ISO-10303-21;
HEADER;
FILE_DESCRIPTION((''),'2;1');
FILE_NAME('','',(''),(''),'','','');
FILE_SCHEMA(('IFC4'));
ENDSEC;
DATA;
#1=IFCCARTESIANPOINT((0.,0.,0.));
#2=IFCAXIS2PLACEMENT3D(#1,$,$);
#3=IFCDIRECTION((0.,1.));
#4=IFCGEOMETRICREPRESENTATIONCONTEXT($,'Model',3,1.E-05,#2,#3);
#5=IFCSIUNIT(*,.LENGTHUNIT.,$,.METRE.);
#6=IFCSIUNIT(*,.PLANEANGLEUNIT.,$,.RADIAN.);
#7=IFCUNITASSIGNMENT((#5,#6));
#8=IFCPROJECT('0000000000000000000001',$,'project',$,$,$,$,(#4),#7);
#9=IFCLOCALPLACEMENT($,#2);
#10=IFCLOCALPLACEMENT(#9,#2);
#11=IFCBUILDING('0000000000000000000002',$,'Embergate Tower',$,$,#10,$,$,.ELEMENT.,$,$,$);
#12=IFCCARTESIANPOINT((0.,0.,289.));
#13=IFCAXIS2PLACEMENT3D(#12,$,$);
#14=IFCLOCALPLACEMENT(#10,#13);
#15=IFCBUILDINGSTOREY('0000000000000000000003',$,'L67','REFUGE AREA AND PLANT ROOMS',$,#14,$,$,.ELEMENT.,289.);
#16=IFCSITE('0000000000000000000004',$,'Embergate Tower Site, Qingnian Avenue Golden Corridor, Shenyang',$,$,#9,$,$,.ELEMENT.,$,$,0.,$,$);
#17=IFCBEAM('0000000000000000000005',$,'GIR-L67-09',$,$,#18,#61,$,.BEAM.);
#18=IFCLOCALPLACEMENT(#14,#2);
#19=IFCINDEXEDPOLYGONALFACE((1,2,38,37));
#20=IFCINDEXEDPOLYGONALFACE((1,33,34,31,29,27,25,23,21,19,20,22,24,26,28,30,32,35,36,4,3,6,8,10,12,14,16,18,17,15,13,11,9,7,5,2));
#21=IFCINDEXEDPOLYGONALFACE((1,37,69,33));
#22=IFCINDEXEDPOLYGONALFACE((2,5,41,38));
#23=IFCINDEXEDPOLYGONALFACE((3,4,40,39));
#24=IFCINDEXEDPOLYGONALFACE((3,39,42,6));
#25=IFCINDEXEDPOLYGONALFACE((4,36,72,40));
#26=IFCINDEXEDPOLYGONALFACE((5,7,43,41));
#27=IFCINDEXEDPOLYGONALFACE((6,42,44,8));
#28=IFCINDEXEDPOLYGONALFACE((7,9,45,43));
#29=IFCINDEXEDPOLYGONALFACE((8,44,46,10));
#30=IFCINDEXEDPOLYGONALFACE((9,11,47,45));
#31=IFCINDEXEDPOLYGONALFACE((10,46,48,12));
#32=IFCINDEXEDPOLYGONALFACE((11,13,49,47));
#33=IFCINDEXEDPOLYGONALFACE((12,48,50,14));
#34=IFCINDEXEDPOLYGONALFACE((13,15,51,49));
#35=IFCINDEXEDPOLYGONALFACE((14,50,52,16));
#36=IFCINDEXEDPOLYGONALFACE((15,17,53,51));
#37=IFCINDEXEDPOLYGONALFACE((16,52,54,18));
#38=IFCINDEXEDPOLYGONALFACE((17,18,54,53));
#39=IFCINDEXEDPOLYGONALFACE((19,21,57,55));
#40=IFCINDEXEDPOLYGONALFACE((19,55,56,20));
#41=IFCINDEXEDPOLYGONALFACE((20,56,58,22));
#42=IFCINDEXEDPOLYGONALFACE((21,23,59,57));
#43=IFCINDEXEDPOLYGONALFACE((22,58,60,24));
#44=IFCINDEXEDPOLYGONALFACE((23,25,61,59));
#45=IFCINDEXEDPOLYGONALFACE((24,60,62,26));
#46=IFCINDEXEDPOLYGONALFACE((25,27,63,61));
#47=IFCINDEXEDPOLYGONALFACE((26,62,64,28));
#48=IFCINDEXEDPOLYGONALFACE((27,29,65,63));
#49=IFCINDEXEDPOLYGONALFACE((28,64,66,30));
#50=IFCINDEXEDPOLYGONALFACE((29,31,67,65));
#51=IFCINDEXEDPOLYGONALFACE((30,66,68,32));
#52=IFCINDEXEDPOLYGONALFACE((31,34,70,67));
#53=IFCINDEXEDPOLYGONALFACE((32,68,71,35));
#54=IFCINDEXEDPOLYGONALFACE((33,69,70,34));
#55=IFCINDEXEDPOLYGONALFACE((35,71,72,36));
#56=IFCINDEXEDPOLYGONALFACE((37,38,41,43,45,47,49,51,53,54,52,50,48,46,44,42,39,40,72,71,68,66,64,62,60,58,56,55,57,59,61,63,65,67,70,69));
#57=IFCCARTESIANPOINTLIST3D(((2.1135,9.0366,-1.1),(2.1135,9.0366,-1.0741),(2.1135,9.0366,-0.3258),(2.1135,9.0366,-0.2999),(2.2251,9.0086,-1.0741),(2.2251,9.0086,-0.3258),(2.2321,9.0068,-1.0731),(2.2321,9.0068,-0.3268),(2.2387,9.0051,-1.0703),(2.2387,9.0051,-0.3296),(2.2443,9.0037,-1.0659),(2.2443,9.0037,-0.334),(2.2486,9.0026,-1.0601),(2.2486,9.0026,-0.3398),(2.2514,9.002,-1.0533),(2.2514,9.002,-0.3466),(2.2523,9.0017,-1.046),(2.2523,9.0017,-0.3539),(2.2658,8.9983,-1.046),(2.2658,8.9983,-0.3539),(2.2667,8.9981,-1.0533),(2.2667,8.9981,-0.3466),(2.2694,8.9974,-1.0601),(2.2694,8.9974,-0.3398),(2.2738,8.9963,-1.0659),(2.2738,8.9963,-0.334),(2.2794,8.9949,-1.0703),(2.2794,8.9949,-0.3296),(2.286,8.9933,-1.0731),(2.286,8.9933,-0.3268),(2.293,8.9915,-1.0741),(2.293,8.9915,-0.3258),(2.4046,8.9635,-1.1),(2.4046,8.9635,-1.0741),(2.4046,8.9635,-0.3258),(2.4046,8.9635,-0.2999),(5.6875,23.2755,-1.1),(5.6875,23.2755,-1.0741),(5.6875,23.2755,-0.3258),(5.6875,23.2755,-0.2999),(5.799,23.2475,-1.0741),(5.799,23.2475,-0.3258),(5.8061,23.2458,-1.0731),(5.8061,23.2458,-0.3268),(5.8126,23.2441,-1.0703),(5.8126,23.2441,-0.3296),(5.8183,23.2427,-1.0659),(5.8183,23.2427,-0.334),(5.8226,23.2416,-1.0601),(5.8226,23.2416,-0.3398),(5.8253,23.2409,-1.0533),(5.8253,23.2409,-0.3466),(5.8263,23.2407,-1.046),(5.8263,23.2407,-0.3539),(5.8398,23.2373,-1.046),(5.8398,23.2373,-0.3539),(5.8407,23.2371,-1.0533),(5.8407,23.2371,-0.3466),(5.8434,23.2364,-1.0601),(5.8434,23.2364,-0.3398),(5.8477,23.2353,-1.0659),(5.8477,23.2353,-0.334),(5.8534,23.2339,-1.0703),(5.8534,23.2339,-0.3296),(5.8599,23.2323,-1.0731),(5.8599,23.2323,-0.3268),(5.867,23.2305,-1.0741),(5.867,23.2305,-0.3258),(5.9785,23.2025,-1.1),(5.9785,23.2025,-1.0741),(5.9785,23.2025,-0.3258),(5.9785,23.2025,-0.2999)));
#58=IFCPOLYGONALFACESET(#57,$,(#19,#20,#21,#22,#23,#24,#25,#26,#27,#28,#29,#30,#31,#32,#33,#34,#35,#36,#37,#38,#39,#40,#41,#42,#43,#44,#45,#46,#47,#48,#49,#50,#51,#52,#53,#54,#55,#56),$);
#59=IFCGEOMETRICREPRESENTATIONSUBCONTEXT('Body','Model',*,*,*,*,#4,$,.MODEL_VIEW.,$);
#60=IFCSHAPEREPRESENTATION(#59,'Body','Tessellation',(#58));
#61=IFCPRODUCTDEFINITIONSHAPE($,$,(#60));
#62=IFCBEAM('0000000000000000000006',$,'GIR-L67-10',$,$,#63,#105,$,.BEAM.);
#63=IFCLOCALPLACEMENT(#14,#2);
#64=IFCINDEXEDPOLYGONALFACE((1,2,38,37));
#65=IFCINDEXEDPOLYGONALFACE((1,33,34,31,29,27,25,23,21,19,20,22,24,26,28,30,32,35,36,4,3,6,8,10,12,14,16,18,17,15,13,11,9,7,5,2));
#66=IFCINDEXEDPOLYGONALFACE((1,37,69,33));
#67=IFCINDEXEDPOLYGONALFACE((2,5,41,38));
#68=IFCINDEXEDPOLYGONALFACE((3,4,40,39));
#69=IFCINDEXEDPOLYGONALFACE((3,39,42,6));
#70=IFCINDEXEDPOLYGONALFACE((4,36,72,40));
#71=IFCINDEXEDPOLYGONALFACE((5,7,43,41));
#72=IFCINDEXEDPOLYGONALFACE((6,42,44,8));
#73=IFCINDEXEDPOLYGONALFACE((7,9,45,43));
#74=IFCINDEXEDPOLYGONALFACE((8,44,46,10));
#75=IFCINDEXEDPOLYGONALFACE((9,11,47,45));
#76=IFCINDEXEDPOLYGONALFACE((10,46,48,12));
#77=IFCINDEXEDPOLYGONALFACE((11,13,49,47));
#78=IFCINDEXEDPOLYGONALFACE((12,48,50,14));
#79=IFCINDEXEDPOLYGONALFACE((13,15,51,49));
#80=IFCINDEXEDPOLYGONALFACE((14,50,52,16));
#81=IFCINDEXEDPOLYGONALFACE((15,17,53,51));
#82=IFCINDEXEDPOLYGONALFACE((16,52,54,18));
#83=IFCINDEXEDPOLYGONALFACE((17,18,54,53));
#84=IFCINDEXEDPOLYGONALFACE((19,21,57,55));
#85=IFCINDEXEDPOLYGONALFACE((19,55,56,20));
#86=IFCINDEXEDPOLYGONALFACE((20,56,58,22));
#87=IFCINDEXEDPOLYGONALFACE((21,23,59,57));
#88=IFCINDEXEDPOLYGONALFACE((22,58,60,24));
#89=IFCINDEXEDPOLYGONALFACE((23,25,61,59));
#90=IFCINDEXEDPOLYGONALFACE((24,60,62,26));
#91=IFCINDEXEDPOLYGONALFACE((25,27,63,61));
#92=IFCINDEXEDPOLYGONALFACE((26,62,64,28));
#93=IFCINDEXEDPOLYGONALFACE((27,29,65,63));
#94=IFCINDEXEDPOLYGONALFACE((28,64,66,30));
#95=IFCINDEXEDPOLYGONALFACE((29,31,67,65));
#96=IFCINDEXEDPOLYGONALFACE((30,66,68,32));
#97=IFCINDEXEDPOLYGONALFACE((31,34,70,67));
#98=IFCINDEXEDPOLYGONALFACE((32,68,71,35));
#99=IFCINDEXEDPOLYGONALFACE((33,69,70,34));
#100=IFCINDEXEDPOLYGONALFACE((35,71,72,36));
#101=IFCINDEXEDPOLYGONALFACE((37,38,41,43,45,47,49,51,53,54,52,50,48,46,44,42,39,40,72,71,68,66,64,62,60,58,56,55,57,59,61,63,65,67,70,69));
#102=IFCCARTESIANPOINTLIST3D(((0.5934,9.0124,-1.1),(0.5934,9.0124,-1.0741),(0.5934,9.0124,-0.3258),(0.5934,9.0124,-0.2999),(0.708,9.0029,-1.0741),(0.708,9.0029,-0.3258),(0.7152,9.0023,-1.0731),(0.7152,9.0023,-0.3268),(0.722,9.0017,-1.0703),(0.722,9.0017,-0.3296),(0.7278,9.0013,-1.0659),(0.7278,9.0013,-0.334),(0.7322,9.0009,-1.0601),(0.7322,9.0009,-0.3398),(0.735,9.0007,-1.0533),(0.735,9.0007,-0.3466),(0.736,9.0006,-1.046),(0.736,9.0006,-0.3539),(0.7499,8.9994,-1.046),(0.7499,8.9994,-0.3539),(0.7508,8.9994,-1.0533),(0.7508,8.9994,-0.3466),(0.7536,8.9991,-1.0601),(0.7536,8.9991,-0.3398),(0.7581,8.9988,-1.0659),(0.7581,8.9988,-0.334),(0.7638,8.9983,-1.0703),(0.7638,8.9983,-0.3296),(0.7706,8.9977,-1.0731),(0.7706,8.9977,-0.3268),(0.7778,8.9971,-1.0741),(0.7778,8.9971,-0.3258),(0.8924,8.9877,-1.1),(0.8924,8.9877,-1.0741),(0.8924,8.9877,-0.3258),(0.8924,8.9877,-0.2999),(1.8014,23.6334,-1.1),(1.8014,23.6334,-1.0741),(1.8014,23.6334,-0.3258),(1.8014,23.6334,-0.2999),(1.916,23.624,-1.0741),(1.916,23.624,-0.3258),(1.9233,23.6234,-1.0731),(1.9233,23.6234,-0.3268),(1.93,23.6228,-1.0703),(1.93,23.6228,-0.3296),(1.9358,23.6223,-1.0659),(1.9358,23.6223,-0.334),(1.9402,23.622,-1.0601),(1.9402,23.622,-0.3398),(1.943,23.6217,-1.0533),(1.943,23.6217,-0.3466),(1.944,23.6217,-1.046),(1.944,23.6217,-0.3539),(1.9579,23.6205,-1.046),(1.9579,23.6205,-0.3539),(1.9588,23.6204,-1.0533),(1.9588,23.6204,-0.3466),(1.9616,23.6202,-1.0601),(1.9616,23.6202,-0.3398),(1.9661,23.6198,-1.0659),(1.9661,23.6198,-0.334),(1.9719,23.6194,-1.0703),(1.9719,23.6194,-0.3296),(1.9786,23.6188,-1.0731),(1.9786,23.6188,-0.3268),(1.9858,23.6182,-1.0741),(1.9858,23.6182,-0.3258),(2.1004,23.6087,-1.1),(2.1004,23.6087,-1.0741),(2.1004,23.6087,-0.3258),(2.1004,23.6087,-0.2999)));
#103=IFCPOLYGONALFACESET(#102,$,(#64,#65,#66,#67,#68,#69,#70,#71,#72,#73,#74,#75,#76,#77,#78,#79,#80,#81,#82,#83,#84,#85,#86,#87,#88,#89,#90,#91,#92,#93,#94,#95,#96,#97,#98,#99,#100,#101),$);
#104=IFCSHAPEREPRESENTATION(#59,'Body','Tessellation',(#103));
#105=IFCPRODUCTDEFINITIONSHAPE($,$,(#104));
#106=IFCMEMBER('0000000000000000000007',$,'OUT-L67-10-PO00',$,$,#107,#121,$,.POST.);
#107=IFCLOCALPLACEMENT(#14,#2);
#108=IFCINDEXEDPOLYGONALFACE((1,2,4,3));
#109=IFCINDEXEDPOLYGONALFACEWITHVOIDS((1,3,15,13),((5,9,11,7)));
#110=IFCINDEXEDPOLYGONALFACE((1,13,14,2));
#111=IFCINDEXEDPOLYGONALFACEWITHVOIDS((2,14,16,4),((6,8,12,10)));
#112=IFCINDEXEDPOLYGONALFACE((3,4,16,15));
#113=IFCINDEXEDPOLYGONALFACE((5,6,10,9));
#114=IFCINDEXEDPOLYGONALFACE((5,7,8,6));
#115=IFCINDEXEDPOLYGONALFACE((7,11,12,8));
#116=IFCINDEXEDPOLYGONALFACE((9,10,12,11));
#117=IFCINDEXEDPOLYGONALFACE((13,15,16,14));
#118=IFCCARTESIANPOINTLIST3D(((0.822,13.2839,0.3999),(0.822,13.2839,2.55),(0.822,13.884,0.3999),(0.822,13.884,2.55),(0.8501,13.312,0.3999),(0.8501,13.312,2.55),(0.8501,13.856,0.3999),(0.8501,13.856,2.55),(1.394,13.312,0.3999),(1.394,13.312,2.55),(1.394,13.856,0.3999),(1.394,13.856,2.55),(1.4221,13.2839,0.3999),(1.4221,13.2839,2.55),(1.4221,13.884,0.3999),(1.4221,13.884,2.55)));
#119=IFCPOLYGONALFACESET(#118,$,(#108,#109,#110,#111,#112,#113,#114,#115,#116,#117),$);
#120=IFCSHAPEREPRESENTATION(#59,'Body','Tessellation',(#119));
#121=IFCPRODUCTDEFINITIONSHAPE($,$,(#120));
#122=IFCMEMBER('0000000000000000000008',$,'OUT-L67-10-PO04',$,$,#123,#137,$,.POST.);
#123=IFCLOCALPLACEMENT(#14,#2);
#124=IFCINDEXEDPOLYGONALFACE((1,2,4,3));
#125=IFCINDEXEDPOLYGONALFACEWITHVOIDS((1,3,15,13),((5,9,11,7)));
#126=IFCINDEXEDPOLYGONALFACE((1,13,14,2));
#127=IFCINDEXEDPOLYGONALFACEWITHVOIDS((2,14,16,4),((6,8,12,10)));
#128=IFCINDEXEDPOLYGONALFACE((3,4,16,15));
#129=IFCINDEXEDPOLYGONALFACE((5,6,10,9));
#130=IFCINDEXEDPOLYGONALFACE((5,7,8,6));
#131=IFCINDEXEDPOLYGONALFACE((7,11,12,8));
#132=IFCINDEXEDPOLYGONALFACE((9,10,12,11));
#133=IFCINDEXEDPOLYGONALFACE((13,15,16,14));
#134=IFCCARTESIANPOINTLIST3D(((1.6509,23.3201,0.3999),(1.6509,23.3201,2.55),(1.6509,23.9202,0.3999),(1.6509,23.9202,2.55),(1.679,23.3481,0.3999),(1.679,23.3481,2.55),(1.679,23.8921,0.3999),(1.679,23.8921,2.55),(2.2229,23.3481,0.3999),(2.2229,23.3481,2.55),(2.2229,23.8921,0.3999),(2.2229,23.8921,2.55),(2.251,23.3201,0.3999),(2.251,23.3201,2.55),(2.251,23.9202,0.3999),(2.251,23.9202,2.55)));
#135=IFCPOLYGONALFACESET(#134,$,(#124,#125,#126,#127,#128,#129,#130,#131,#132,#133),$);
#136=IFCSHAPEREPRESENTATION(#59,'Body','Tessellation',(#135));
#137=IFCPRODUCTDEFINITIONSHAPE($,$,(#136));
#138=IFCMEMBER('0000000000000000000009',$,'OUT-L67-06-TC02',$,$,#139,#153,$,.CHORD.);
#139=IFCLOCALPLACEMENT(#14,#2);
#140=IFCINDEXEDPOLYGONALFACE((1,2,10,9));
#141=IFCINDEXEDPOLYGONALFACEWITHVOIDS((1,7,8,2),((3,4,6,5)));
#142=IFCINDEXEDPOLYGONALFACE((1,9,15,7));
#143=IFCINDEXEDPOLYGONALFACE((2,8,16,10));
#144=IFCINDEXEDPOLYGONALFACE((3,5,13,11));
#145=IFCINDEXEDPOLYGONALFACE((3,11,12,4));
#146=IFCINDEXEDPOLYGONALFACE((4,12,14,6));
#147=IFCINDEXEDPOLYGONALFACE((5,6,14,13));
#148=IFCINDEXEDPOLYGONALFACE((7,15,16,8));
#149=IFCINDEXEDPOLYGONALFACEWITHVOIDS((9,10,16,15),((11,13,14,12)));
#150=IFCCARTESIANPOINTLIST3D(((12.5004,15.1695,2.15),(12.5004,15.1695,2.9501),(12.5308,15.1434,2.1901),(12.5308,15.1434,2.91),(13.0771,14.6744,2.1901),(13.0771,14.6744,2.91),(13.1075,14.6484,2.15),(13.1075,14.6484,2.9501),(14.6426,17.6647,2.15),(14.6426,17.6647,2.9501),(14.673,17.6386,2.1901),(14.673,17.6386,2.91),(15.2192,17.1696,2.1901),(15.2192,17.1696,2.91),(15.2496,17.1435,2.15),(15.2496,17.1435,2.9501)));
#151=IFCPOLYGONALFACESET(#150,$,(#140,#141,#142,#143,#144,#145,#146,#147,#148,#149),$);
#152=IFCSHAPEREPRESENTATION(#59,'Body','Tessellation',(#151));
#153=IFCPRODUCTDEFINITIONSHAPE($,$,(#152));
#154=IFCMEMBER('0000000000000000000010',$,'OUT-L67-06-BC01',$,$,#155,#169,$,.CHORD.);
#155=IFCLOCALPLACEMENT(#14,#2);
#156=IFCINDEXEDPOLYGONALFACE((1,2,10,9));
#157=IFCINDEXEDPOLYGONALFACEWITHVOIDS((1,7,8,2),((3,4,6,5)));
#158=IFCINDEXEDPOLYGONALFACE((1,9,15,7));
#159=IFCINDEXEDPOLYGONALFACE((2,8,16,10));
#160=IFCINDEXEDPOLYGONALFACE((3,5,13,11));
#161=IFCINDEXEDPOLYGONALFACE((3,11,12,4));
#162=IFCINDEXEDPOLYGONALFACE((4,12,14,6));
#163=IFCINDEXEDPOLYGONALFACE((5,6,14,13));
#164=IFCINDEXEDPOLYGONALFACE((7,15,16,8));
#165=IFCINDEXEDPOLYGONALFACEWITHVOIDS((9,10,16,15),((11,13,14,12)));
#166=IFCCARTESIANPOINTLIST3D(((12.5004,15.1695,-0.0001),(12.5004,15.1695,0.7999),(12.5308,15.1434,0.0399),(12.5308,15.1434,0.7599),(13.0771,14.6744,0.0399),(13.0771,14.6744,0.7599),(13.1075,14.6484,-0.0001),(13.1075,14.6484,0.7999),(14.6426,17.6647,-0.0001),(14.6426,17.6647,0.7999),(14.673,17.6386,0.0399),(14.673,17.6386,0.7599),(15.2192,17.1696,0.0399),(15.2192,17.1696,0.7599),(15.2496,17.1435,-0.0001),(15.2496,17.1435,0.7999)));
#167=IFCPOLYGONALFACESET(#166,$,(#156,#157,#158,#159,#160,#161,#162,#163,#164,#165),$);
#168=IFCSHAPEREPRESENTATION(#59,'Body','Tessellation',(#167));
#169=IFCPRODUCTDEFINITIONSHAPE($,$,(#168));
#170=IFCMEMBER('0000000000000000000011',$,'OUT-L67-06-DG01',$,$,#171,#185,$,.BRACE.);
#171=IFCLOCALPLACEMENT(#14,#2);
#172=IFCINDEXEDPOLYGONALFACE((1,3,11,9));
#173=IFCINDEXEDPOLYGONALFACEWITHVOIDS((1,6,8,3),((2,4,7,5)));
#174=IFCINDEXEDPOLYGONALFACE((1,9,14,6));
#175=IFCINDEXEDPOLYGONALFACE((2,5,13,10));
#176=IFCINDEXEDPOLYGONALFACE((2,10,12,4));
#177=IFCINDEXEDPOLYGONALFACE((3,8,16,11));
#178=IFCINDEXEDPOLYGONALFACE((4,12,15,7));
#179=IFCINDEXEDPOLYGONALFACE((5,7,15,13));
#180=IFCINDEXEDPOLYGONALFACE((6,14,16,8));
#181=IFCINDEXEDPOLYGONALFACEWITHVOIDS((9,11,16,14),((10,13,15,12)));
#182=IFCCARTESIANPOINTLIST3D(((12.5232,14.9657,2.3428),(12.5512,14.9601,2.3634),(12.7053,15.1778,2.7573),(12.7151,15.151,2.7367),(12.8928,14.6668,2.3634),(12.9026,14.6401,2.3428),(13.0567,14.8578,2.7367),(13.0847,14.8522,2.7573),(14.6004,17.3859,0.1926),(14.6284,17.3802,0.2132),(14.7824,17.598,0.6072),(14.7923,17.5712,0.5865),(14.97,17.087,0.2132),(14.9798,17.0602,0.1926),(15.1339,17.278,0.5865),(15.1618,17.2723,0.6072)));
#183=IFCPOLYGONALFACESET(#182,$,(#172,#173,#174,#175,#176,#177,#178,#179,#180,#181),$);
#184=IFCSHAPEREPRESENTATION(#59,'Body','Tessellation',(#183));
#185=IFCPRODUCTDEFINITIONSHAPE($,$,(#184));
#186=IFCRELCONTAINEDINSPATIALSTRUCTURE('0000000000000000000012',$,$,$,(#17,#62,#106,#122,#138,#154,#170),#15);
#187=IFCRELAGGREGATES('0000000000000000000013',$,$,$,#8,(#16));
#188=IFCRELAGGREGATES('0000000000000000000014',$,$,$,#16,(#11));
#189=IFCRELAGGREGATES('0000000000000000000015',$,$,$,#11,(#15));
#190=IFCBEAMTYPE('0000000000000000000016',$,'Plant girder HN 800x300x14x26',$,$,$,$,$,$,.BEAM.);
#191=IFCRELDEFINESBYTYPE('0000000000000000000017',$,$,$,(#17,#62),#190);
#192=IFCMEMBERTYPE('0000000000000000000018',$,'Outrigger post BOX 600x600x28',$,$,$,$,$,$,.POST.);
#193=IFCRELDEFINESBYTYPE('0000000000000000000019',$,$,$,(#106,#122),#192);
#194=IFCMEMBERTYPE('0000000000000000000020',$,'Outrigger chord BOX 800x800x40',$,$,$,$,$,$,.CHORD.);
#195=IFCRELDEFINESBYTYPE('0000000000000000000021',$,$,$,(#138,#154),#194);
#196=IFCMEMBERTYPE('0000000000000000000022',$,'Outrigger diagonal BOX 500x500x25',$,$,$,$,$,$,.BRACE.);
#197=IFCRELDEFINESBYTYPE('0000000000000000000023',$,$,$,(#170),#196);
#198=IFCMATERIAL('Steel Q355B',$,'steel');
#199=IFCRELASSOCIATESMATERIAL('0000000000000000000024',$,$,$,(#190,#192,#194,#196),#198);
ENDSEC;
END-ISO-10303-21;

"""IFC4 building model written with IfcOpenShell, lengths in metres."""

from ifc_helpers import new_model, si_unit, direction, frame, origin, origin_2d, place, context, subcontext, project, spatial, hollow_rectangle, i_section, extrude, source, transform, mapped, material, material_profile, profile_set, type_object, element, save


model = new_model("IFC4")

# Units and contexts
model_context = context("Model", 3, precision=1e-05, world=origin(), true_north=direction((0.0, 1.0)))
body_context = subcontext(model_context, "Body", "Model", "MODEL_VIEW")
ifc_project = project(units=[si_unit("LENGTHUNIT", "METRE"), si_unit("PLANEANGLEUNIT", "RADIAN")], contexts=[model_context])

# Site, building, storey
site_placement = place(None, origin())
site = spatial("IfcSite", under=ifc_project, at=site_placement, Name="Embergate Tower Site, Qingnian Avenue Golden Corridor, Shenyang", CompositionType="ELEMENT", RefElevation=0.0)
building_placement = place(site_placement, origin())
building = spatial("IfcBuilding", under=site, at=building_placement, Name="Embergate Tower", CompositionType="ELEMENT")
storey_placement = place(building_placement, frame((0.0, 0.0, 289.0)))
storey = spatial("IfcBuildingStorey", under=building, at=storey_placement, Name="L67", Description="REFUGE AREA AND PLANT ROOMS", CompositionType="ELEMENT", Elevation=289.0)

# Beams
ifc_material_1 = material(Name="Steel Q355B", Category="steel")
ifc_material_profile_1 = material_profile(ifc_material_1, i_section(OverallWidth=0.3, OverallDepth=0.8, WebThickness=0.0139, FlangeThickness=0.0259, FilletRadius=0.0281, at=origin_2d()), Name="HN 800x300x14x26")
ifc_profile_set_1 = profile_set([ifc_material_profile_1], Name="Steel Q355 grade B")
beam_type_1 = type_object("IfcBeamType", Name="Plant girder HN 800x300x14x26", PredefinedType="BEAM", material=ifc_profile_set_1)
shared_shape_1 = source(origin(), body_context, "Body", "SweptSolid", [
    extrude(i_section(OverallWidth=0.3, OverallDepth=0.8, WebThickness=0.0139, FlangeThickness=0.0259, FilletRadius=0.0281, at=origin_2d()), origin(), (0.0, 0.0, 1.0), 14.6807),
])
beam_1_placement = place(storey_placement, frame((5.833, 23.239, -0.7), z_axis=(-0.243447, -0.969914, 0.0), x_axis=(0.969914, -0.243447, 0.0)))
element("IfcBeam", 1, at=beam_1_placement, inside=storey, type_object=beam_type_1, Name="GIR-L67-09", PredefinedType="BEAM", context=body_context, shape_type="MappedRepresentation", body=[
    mapped(shared_shape_1, transform((0.0, 0.0, 0.0))),
])
shared_shape_2 = source(origin(), body_context, "Body", "SweptSolid", [
    extrude(i_section(OverallWidth=0.3, OverallDepth=0.8, WebThickness=0.0139, FlangeThickness=0.0259, FilletRadius=0.0281, at=origin_2d()), origin(), (0.0, 0.0, 1.0), 14.6709),
])
beam_2_placement = place(storey_placement, frame((1.9509, 23.6211, -0.7), z_axis=(-0.08234, -0.996604, 0.0), x_axis=(0.996604, -0.08234, 0.0)))
element("IfcBeam", 2, at=beam_2_placement, inside=storey, type_object=beam_type_1, Name="GIR-L67-10", PredefinedType="BEAM", context=body_context, shape_type="MappedRepresentation", body=[
    mapped(shared_shape_2, transform((0.0, 0.0, 0.0))),
])

# Members
ifc_material_profile_2 = material_profile(ifc_material_1, hollow_rectangle(XDim=0.6001, YDim=0.6001, WallThickness=0.0281, at=origin_2d()), Name="BOX 600x600x28")
ifc_profile_set_2 = profile_set([ifc_material_profile_2], Name="Steel Q355 grade B")
member_type_1 = type_object("IfcMemberType", Name="Outrigger post BOX 600x600x28", PredefinedType="POST", material=ifc_profile_set_2)
shared_shape_3 = source(origin(), body_context, "Body", "SweptSolid", [
    extrude(hollow_rectangle(XDim=0.6001, YDim=0.6001, WallThickness=0.0281, at=origin_2d()), origin(), (0.0, 0.0, 1.0), 2.1501),
])
for number, where, z_axis, x_axis, name in (
    (3, (1.1221, 13.584, 0.3999), (0.0, 0.0, 1.0), (1.0, 0.0, 0.0), "OUT-L67-10-PO00"),
    (4, (1.9509, 23.6201, 0.3999), (0.0, 0.0, 1.0), (1.0, 0.0, 0.0), "OUT-L67-10-PO04"),
):
    element("IfcMember", number, at=place(storey_placement, frame(where, z_axis=z_axis, x_axis=x_axis)), inside=storey, type_object=member_type_1, Name=name, PredefinedType="POST", context=body_context, shape_type="MappedRepresentation", body=[
        mapped(shared_shape_3, transform((0.0, 0.0, 0.0))),
    ])
ifc_material_profile_3 = material_profile(ifc_material_1, hollow_rectangle(XDim=0.8, YDim=0.8, WallThickness=0.04, at=origin_2d()), Name="BOX 800x800x40")
ifc_profile_set_3 = profile_set([ifc_material_profile_3], Name="Steel Q355 grade B")
member_type_2 = type_object("IfcMemberType", Name="Outrigger chord BOX 800x800x40", PredefinedType="CHORD", material=ifc_profile_set_3)
shared_shape_4 = source(origin(), body_context, "Body", "SweptSolid", [
    extrude(hollow_rectangle(XDim=0.8, YDim=0.8, WallThickness=0.04, at=origin_2d()), origin(), (0.0, 0.0, 1.0), 3.2886),
])
for number, where, z_axis, x_axis, name in (
    (5, (12.804, 14.9089, 2.55), (0.65139, 0.758743, 0.0), (-0.758743, 0.65139, 0.0), "OUT-L67-06-TC02"),
    (6, (12.804, 14.9089, 0.3999), (0.65139, 0.758743, 0.0), (-0.758743, 0.65139, 0.0), "OUT-L67-06-BC01"),
):
    element("IfcMember", number, at=place(storey_placement, frame(where, z_axis=z_axis, x_axis=x_axis)), inside=storey, type_object=member_type_2, Name=name, PredefinedType="CHORD", context=body_context, shape_type="MappedRepresentation", body=[
        mapped(shared_shape_4, transform((0.0, 0.0, 0.0))),
    ])
ifc_material_profile_4 = material_profile(ifc_material_1, hollow_rectangle(XDim=0.5, YDim=0.5, WallThickness=0.0249, at=origin_2d()), Name="BOX 500x500x25")
ifc_profile_set_4 = profile_set([ifc_material_profile_4], Name="Steel Q355 grade B")
member_type_3 = type_object("IfcMemberType", Name="Outrigger diagonal BOX 500x500x25", PredefinedType="BRACE", material=ifc_profile_set_4)
shared_shape_5 = source(origin(), body_context, "Body", "SweptSolid", [
    extrude(hollow_rectangle(XDim=0.5, YDim=0.5, WallThickness=0.0249, at=origin_2d()), origin(), (0.0, 0.0, 1.0), 3.8464),
])
member_1_placement = place(storey_placement, frame((12.804, 14.9089, 2.55), z_axis=(0.540022, 0.629201, -0.559001), x_axis=(-0.758835, 0.651283, 0.0)))
element("IfcMember", 7, at=member_1_placement, inside=storey, type_object=member_type_3, Name="OUT-L67-06-DG01", PredefinedType="BRACE", context=body_context, shape_type="MappedRepresentation", body=[
    mapped(shared_shape_5, transform((0.0, 0.0, 0.0))),
])

save(model, "model.ifc")
